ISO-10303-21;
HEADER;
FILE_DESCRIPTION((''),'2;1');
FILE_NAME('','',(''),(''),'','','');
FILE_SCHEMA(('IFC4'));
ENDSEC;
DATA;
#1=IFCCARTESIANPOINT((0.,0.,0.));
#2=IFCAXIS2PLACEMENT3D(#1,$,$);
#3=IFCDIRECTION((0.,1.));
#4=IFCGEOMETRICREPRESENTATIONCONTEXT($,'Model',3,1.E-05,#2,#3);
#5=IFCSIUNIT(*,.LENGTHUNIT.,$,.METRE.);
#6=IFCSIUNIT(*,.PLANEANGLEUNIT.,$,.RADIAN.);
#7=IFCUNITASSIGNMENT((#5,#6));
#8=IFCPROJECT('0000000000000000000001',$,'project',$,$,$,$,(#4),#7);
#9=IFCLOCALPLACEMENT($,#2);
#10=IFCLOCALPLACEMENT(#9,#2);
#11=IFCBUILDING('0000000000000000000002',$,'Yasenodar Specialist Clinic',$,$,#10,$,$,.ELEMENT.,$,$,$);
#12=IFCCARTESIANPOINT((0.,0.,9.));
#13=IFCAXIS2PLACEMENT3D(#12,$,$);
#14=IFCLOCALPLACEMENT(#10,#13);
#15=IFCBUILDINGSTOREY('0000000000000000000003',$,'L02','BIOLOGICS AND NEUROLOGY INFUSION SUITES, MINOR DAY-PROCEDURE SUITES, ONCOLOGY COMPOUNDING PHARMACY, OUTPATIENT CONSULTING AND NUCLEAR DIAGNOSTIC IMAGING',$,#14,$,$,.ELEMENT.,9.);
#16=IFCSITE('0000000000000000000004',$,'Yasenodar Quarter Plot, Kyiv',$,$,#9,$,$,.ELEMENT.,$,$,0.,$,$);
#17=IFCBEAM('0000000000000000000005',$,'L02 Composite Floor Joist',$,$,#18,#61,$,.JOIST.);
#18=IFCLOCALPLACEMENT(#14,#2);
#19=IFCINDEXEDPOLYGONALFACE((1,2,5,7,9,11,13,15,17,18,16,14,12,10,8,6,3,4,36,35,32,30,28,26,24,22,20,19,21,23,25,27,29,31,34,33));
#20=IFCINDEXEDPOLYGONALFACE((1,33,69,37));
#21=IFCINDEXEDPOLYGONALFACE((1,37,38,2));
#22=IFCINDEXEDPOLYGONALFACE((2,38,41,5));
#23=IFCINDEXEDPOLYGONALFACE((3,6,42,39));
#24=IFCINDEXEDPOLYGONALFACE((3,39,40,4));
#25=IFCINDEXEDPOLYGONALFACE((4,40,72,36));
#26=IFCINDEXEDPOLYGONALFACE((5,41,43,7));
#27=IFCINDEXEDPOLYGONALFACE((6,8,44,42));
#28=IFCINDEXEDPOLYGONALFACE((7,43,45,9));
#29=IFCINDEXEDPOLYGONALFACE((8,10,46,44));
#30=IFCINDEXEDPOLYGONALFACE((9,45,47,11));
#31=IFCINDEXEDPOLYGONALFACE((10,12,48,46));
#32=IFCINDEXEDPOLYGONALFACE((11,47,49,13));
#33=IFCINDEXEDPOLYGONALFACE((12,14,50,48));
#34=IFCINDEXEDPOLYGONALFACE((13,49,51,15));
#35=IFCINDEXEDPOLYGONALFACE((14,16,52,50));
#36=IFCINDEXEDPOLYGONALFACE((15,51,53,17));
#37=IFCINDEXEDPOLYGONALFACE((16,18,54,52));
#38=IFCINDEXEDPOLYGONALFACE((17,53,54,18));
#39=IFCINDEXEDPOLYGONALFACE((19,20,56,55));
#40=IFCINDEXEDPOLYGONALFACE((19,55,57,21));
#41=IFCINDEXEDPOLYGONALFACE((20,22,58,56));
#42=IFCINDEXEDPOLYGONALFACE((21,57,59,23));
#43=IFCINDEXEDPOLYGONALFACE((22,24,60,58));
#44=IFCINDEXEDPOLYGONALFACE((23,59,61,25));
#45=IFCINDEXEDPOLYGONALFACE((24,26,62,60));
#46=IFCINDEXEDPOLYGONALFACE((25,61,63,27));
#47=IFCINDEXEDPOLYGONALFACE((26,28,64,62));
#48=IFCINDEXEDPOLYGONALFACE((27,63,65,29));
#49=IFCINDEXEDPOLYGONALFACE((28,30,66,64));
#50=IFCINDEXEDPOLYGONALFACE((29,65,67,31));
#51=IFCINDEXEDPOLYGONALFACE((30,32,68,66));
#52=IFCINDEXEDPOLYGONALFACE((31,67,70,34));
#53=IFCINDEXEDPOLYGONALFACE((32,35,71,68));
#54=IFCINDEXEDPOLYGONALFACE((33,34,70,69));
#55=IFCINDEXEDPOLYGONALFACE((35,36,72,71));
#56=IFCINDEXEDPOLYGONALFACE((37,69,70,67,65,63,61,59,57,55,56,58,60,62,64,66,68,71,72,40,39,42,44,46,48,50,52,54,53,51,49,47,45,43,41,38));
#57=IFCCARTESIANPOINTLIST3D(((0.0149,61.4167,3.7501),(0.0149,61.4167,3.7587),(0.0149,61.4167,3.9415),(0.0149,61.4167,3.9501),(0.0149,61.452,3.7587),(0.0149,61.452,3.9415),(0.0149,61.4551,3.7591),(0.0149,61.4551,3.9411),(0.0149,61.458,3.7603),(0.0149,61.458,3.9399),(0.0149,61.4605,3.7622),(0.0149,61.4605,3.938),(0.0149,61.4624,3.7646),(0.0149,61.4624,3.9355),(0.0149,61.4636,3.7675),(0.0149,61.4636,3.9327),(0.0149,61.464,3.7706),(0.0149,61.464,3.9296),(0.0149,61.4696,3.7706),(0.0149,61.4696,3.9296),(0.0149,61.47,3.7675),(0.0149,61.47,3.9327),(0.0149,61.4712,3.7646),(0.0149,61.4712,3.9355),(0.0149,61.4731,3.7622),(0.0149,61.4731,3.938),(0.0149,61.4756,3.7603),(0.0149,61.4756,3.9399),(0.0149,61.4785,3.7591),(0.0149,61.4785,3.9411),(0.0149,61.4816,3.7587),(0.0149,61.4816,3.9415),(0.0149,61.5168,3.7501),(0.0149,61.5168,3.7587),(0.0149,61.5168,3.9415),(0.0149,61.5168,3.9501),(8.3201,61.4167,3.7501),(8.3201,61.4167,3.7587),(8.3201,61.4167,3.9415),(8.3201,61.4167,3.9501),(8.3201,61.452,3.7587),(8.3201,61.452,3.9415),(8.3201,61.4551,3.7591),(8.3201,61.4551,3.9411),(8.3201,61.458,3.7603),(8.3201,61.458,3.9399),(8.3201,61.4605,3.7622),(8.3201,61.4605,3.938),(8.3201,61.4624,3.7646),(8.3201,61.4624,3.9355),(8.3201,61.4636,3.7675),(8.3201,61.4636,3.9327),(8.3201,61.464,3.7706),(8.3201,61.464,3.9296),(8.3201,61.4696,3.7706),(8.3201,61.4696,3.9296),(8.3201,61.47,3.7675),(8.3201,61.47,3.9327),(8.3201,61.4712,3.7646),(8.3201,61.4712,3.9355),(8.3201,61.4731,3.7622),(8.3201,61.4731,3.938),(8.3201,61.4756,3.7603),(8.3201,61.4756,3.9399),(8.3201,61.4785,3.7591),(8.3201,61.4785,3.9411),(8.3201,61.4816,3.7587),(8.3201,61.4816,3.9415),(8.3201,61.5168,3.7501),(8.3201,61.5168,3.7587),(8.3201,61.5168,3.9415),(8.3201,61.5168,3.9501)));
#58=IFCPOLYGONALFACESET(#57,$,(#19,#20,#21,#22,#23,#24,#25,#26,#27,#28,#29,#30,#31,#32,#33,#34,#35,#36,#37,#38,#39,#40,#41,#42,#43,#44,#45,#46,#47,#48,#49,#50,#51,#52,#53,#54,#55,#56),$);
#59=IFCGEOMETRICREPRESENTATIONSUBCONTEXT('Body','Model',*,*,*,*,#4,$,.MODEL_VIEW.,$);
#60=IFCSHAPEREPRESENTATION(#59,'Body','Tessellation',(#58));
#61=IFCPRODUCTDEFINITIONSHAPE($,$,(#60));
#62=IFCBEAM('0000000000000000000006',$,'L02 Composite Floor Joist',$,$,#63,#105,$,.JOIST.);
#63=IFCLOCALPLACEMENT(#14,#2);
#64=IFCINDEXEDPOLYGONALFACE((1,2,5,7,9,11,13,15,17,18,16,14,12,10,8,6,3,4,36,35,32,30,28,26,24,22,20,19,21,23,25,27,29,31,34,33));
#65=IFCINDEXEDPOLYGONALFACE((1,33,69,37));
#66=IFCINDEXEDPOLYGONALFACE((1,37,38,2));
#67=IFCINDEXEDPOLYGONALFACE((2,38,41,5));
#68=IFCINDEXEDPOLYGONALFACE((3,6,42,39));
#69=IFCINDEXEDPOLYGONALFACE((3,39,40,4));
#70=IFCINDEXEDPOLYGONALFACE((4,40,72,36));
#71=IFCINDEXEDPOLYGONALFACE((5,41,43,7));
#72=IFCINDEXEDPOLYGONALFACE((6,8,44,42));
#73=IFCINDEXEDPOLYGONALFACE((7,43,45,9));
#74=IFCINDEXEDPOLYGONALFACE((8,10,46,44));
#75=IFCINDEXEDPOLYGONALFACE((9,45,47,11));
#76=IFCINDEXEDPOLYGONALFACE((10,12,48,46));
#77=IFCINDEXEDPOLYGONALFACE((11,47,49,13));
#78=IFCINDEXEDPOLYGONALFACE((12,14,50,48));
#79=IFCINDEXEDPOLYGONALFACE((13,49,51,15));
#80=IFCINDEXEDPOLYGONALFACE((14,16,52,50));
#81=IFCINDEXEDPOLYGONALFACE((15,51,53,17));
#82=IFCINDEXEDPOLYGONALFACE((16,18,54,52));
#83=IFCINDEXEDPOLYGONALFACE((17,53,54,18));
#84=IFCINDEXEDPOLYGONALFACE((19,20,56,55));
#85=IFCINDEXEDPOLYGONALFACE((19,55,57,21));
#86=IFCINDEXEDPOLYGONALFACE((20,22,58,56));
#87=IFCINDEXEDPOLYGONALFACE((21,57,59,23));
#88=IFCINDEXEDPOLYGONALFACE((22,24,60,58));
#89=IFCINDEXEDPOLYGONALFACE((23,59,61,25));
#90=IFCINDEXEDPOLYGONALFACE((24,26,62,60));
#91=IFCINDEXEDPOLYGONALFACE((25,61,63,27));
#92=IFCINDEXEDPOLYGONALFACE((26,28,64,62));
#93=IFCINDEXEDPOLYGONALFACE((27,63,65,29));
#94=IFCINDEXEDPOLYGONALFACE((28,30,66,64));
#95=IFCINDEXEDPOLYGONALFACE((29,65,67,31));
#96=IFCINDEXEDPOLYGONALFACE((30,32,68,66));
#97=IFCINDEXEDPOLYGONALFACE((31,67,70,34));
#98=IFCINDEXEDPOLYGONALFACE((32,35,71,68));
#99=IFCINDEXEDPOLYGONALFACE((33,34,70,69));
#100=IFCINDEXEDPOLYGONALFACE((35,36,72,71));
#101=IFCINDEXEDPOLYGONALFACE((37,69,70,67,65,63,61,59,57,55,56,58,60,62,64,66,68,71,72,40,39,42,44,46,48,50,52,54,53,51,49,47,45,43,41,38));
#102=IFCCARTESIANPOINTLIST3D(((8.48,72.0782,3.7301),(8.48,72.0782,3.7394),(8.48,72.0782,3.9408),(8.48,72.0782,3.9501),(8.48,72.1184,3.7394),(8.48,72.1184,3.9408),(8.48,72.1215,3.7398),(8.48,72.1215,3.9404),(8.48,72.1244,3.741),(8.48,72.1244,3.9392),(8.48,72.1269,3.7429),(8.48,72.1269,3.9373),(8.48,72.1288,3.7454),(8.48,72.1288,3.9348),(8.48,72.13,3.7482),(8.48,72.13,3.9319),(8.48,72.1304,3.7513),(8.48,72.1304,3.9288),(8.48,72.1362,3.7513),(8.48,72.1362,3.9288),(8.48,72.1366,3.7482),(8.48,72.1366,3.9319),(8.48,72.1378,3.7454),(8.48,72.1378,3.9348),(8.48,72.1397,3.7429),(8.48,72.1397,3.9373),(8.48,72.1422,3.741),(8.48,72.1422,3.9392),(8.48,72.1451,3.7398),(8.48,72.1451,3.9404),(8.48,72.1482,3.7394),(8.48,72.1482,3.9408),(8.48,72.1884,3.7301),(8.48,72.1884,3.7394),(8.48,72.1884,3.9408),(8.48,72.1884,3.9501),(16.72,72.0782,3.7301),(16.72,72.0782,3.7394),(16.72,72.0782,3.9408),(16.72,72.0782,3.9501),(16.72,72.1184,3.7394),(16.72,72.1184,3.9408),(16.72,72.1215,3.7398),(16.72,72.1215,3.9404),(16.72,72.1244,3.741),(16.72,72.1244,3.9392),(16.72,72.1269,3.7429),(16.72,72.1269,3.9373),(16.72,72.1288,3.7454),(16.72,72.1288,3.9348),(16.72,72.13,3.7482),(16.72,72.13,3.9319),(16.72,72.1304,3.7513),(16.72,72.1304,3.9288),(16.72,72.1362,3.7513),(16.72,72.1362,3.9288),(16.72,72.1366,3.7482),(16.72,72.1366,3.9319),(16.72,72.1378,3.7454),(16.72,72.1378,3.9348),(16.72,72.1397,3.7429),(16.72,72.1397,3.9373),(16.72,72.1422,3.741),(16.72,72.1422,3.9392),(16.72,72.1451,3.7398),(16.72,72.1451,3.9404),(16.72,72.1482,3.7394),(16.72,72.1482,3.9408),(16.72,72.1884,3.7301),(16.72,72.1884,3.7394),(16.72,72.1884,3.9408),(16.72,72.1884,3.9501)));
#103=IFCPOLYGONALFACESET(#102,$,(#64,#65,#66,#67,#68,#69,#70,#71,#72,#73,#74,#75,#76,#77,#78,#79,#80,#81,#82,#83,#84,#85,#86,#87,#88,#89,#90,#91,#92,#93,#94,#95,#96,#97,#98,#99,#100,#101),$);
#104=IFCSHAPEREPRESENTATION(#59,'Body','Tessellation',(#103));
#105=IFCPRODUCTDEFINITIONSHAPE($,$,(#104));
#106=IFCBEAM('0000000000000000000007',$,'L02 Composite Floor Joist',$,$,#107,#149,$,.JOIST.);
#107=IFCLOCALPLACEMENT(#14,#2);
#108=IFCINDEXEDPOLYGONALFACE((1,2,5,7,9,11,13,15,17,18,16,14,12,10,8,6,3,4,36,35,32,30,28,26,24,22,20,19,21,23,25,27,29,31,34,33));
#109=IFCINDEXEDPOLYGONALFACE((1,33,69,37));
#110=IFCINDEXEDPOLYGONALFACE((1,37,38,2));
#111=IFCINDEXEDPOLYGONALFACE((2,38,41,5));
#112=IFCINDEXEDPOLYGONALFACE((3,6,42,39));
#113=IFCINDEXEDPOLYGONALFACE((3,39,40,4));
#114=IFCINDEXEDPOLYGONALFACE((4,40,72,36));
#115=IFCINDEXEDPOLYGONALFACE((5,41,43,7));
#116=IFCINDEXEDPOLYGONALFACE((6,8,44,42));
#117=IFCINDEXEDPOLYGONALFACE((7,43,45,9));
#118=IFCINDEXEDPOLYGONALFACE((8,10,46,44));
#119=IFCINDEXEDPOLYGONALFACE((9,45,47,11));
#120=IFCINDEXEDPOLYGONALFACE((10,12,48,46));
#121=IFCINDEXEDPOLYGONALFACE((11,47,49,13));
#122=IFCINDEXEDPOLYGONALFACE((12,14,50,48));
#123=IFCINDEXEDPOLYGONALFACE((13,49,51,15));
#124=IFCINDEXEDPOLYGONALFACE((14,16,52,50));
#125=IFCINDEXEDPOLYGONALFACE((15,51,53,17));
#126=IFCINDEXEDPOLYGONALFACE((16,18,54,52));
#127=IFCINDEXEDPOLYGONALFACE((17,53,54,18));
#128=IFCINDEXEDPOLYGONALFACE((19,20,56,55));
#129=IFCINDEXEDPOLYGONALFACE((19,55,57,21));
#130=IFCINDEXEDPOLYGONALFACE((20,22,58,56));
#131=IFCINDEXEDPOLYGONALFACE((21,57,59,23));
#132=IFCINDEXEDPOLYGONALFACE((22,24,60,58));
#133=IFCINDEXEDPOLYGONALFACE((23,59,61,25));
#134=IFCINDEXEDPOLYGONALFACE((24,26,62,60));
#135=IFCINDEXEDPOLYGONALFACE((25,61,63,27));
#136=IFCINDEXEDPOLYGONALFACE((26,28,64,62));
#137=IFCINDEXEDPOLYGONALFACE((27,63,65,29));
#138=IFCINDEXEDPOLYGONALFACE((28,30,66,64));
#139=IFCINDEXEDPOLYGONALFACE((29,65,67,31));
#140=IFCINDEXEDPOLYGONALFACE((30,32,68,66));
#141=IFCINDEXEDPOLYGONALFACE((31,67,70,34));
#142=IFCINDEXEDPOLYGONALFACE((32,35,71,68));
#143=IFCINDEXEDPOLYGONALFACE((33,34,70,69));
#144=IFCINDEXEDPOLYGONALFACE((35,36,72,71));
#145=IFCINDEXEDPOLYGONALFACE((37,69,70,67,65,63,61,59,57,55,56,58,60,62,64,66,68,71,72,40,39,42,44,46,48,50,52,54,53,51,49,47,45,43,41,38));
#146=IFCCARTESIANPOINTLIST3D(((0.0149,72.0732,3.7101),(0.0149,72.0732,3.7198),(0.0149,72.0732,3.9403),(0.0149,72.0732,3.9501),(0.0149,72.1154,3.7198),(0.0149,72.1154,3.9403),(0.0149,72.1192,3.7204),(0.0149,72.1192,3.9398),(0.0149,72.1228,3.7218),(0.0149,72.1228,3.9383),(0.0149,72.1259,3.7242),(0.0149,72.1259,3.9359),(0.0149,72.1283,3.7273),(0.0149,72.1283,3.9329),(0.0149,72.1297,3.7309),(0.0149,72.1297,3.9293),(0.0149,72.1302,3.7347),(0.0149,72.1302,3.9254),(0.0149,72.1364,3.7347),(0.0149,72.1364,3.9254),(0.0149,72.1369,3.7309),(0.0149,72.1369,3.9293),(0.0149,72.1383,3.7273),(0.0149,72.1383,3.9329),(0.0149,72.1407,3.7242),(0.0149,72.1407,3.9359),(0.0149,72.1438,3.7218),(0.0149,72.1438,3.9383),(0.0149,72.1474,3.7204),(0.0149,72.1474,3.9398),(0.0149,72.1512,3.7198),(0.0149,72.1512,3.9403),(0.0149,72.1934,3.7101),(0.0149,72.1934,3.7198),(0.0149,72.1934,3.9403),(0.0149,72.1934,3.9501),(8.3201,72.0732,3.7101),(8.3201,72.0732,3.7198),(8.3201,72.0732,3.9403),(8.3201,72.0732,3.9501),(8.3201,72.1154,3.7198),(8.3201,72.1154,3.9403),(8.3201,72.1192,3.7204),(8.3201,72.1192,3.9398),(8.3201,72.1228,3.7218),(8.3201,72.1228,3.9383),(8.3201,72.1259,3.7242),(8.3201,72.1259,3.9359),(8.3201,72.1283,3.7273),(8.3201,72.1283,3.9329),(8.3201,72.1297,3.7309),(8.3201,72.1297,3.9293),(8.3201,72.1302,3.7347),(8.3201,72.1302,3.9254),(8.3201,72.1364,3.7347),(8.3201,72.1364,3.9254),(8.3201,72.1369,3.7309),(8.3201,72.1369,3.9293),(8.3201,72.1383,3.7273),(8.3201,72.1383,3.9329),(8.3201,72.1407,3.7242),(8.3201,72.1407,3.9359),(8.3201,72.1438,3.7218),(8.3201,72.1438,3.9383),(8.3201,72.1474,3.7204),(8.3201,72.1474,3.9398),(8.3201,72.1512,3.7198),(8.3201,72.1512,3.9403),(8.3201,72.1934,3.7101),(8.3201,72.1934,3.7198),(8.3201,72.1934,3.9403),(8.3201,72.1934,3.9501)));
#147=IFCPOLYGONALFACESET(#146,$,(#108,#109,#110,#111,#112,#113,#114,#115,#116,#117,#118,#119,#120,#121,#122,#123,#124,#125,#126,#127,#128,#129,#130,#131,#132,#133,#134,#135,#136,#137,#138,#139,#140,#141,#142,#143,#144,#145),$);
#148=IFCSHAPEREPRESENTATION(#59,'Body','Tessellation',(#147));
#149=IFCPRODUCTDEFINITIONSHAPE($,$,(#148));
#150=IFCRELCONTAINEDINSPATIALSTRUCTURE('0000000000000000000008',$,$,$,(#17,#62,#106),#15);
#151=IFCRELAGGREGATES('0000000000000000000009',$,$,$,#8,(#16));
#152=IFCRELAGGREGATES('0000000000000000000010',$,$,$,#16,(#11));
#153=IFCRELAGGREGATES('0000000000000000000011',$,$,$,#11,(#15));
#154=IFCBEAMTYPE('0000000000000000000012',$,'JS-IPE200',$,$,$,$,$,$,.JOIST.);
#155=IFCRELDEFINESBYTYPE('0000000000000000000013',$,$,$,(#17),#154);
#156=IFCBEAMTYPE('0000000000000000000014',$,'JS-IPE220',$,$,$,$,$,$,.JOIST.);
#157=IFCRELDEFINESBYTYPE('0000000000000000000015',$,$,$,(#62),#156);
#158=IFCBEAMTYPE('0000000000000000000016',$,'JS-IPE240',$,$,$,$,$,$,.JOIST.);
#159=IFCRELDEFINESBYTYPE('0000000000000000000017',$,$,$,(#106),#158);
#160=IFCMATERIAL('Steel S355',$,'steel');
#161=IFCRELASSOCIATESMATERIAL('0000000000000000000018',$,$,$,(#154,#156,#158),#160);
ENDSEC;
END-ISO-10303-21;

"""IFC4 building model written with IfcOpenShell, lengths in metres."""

from ifc_helpers import new_model, si_unit, direction, frame, origin, origin_2d, place, context, subcontext, project, spatial, i_section, extrude, material, material_profile, profile_set, type_object, element, save


model = new_model("IFC4")

# Units and contexts
model_context = context("Model", 3, precision=1e-05, world=origin(), true_north=direction((0.0, 1.0)))
body_context = subcontext(model_context, "Body", "Model", "MODEL_VIEW")
ifc_project = project(units=[si_unit("LENGTHUNIT", "METRE"), si_unit("PLANEANGLEUNIT", "RADIAN")], contexts=[model_context])

# Site, building, storey
site_placement = place(None, origin())
site = spatial("IfcSite", under=ifc_project, at=site_placement, Name="Yasenodar Quarter Plot, Kyiv", CompositionType="ELEMENT", RefElevation=0.0)
building_placement = place(site_placement, origin())
building = spatial("IfcBuilding", under=site, at=building_placement, Name="Yasenodar Specialist Clinic", CompositionType="ELEMENT")
storey_placement = place(building_placement, frame((0.0, 0.0, 9.0)))
storey = spatial("IfcBuildingStorey", under=building, at=storey_placement, Name="L02", Description="BIOLOGICS AND NEUROLOGY INFUSION SUITES, MINOR DAY-PROCEDURE SUITES, ONCOLOGY COMPOUNDING PHARMACY, OUTPATIENT CONSULTING AND NUCLEAR DIAGNOSTIC IMAGING", CompositionType="ELEMENT", Elevation=9.0)

# Shared definitions
ifc_material_1 = material(Name="Steel S355", Category="steel")

# Beams
ifc_material_profile_1 = material_profile(ifc_material_1, i_section(OverallWidth=0.1001, OverallDepth=0.2, WebThickness=0.0056, FlangeThickness=0.0085, FilletRadius=0.012, at=origin_2d()), Name="IPE 200")
ifc_profile_set_1 = profile_set([ifc_material_profile_1], Name="Steel S355")
beam_type_1 = type_object("IfcBeamType", Name="JS-IPE200", PredefinedType="JOIST", material=ifc_profile_set_1)
beam_1_placement = place(storey_placement, frame((0.0149, 61.4668, 3.8501), z_axis=(1.0, 0.0, 0.0), x_axis=(0.0, 1.0, 0.0)))
element("IfcBeam", 1, at=beam_1_placement, inside=storey, type_object=beam_type_1, Name="L02 Composite Floor Joist", PredefinedType="JOIST", context=body_context, shape_type="SweptSolid", body=[
    extrude(i_section(OverallWidth=0.1001, OverallDepth=0.2, WebThickness=0.0056, FlangeThickness=0.0085, FilletRadius=0.012, at=origin_2d()), origin(), (0.0, 0.0, 1.0), 8.3052),
])
ifc_material_profile_2 = material_profile(ifc_material_1, i_section(OverallWidth=0.1101, OverallDepth=0.22, WebThickness=0.0059, FlangeThickness=0.0093, FilletRadius=0.012, at=origin_2d()), Name="IPE 220")
ifc_profile_set_2 = profile_set([ifc_material_profile_2], Name="Steel S355")
beam_type_2 = type_object("IfcBeamType", Name="JS-IPE220", PredefinedType="JOIST", material=ifc_profile_set_2)
beam_2_placement = place(storey_placement, frame((8.48, 72.1333, 3.8401), z_axis=(1.0, 0.0, 0.0), x_axis=(0.0, 1.0, 0.0)))
element("IfcBeam", 2, at=beam_2_placement, inside=storey, type_object=beam_type_2, Name="L02 Composite Floor Joist", PredefinedType="JOIST", context=body_context, shape_type="SweptSolid", body=[
    extrude(i_section(OverallWidth=0.1101, OverallDepth=0.22, WebThickness=0.0059, FlangeThickness=0.0093, FilletRadius=0.012, at=origin_2d()), origin(), (0.0, 0.0, 1.0), 8.24),
])
ifc_material_profile_3 = material_profile(ifc_material_1, i_section(OverallWidth=0.1201, OverallDepth=0.24, WebThickness=0.0061, FlangeThickness=0.0098, FilletRadius=0.0149, at=origin_2d()), Name="IPE 240")
ifc_profile_set_3 = profile_set([ifc_material_profile_3], Name="Steel S355")
beam_type_3 = type_object("IfcBeamType", Name="JS-IPE240", PredefinedType="JOIST", material=ifc_profile_set_3)
beam_3_placement = place(storey_placement, frame((0.0149, 72.1333, 3.8301), z_axis=(1.0, 0.0, 0.0), x_axis=(0.0, 1.0, 0.0)))
element("IfcBeam", 3, at=beam_3_placement, inside=storey, type_object=beam_type_3, Name="L02 Composite Floor Joist", PredefinedType="JOIST", context=body_context, shape_type="SweptSolid", body=[
    extrude(i_section(OverallWidth=0.1201, OverallDepth=0.24, WebThickness=0.0061, FlangeThickness=0.0098, FilletRadius=0.0149, at=origin_2d()), origin(), (0.0, 0.0, 1.0), 8.3052),
])

save(model, "model.ifc")
